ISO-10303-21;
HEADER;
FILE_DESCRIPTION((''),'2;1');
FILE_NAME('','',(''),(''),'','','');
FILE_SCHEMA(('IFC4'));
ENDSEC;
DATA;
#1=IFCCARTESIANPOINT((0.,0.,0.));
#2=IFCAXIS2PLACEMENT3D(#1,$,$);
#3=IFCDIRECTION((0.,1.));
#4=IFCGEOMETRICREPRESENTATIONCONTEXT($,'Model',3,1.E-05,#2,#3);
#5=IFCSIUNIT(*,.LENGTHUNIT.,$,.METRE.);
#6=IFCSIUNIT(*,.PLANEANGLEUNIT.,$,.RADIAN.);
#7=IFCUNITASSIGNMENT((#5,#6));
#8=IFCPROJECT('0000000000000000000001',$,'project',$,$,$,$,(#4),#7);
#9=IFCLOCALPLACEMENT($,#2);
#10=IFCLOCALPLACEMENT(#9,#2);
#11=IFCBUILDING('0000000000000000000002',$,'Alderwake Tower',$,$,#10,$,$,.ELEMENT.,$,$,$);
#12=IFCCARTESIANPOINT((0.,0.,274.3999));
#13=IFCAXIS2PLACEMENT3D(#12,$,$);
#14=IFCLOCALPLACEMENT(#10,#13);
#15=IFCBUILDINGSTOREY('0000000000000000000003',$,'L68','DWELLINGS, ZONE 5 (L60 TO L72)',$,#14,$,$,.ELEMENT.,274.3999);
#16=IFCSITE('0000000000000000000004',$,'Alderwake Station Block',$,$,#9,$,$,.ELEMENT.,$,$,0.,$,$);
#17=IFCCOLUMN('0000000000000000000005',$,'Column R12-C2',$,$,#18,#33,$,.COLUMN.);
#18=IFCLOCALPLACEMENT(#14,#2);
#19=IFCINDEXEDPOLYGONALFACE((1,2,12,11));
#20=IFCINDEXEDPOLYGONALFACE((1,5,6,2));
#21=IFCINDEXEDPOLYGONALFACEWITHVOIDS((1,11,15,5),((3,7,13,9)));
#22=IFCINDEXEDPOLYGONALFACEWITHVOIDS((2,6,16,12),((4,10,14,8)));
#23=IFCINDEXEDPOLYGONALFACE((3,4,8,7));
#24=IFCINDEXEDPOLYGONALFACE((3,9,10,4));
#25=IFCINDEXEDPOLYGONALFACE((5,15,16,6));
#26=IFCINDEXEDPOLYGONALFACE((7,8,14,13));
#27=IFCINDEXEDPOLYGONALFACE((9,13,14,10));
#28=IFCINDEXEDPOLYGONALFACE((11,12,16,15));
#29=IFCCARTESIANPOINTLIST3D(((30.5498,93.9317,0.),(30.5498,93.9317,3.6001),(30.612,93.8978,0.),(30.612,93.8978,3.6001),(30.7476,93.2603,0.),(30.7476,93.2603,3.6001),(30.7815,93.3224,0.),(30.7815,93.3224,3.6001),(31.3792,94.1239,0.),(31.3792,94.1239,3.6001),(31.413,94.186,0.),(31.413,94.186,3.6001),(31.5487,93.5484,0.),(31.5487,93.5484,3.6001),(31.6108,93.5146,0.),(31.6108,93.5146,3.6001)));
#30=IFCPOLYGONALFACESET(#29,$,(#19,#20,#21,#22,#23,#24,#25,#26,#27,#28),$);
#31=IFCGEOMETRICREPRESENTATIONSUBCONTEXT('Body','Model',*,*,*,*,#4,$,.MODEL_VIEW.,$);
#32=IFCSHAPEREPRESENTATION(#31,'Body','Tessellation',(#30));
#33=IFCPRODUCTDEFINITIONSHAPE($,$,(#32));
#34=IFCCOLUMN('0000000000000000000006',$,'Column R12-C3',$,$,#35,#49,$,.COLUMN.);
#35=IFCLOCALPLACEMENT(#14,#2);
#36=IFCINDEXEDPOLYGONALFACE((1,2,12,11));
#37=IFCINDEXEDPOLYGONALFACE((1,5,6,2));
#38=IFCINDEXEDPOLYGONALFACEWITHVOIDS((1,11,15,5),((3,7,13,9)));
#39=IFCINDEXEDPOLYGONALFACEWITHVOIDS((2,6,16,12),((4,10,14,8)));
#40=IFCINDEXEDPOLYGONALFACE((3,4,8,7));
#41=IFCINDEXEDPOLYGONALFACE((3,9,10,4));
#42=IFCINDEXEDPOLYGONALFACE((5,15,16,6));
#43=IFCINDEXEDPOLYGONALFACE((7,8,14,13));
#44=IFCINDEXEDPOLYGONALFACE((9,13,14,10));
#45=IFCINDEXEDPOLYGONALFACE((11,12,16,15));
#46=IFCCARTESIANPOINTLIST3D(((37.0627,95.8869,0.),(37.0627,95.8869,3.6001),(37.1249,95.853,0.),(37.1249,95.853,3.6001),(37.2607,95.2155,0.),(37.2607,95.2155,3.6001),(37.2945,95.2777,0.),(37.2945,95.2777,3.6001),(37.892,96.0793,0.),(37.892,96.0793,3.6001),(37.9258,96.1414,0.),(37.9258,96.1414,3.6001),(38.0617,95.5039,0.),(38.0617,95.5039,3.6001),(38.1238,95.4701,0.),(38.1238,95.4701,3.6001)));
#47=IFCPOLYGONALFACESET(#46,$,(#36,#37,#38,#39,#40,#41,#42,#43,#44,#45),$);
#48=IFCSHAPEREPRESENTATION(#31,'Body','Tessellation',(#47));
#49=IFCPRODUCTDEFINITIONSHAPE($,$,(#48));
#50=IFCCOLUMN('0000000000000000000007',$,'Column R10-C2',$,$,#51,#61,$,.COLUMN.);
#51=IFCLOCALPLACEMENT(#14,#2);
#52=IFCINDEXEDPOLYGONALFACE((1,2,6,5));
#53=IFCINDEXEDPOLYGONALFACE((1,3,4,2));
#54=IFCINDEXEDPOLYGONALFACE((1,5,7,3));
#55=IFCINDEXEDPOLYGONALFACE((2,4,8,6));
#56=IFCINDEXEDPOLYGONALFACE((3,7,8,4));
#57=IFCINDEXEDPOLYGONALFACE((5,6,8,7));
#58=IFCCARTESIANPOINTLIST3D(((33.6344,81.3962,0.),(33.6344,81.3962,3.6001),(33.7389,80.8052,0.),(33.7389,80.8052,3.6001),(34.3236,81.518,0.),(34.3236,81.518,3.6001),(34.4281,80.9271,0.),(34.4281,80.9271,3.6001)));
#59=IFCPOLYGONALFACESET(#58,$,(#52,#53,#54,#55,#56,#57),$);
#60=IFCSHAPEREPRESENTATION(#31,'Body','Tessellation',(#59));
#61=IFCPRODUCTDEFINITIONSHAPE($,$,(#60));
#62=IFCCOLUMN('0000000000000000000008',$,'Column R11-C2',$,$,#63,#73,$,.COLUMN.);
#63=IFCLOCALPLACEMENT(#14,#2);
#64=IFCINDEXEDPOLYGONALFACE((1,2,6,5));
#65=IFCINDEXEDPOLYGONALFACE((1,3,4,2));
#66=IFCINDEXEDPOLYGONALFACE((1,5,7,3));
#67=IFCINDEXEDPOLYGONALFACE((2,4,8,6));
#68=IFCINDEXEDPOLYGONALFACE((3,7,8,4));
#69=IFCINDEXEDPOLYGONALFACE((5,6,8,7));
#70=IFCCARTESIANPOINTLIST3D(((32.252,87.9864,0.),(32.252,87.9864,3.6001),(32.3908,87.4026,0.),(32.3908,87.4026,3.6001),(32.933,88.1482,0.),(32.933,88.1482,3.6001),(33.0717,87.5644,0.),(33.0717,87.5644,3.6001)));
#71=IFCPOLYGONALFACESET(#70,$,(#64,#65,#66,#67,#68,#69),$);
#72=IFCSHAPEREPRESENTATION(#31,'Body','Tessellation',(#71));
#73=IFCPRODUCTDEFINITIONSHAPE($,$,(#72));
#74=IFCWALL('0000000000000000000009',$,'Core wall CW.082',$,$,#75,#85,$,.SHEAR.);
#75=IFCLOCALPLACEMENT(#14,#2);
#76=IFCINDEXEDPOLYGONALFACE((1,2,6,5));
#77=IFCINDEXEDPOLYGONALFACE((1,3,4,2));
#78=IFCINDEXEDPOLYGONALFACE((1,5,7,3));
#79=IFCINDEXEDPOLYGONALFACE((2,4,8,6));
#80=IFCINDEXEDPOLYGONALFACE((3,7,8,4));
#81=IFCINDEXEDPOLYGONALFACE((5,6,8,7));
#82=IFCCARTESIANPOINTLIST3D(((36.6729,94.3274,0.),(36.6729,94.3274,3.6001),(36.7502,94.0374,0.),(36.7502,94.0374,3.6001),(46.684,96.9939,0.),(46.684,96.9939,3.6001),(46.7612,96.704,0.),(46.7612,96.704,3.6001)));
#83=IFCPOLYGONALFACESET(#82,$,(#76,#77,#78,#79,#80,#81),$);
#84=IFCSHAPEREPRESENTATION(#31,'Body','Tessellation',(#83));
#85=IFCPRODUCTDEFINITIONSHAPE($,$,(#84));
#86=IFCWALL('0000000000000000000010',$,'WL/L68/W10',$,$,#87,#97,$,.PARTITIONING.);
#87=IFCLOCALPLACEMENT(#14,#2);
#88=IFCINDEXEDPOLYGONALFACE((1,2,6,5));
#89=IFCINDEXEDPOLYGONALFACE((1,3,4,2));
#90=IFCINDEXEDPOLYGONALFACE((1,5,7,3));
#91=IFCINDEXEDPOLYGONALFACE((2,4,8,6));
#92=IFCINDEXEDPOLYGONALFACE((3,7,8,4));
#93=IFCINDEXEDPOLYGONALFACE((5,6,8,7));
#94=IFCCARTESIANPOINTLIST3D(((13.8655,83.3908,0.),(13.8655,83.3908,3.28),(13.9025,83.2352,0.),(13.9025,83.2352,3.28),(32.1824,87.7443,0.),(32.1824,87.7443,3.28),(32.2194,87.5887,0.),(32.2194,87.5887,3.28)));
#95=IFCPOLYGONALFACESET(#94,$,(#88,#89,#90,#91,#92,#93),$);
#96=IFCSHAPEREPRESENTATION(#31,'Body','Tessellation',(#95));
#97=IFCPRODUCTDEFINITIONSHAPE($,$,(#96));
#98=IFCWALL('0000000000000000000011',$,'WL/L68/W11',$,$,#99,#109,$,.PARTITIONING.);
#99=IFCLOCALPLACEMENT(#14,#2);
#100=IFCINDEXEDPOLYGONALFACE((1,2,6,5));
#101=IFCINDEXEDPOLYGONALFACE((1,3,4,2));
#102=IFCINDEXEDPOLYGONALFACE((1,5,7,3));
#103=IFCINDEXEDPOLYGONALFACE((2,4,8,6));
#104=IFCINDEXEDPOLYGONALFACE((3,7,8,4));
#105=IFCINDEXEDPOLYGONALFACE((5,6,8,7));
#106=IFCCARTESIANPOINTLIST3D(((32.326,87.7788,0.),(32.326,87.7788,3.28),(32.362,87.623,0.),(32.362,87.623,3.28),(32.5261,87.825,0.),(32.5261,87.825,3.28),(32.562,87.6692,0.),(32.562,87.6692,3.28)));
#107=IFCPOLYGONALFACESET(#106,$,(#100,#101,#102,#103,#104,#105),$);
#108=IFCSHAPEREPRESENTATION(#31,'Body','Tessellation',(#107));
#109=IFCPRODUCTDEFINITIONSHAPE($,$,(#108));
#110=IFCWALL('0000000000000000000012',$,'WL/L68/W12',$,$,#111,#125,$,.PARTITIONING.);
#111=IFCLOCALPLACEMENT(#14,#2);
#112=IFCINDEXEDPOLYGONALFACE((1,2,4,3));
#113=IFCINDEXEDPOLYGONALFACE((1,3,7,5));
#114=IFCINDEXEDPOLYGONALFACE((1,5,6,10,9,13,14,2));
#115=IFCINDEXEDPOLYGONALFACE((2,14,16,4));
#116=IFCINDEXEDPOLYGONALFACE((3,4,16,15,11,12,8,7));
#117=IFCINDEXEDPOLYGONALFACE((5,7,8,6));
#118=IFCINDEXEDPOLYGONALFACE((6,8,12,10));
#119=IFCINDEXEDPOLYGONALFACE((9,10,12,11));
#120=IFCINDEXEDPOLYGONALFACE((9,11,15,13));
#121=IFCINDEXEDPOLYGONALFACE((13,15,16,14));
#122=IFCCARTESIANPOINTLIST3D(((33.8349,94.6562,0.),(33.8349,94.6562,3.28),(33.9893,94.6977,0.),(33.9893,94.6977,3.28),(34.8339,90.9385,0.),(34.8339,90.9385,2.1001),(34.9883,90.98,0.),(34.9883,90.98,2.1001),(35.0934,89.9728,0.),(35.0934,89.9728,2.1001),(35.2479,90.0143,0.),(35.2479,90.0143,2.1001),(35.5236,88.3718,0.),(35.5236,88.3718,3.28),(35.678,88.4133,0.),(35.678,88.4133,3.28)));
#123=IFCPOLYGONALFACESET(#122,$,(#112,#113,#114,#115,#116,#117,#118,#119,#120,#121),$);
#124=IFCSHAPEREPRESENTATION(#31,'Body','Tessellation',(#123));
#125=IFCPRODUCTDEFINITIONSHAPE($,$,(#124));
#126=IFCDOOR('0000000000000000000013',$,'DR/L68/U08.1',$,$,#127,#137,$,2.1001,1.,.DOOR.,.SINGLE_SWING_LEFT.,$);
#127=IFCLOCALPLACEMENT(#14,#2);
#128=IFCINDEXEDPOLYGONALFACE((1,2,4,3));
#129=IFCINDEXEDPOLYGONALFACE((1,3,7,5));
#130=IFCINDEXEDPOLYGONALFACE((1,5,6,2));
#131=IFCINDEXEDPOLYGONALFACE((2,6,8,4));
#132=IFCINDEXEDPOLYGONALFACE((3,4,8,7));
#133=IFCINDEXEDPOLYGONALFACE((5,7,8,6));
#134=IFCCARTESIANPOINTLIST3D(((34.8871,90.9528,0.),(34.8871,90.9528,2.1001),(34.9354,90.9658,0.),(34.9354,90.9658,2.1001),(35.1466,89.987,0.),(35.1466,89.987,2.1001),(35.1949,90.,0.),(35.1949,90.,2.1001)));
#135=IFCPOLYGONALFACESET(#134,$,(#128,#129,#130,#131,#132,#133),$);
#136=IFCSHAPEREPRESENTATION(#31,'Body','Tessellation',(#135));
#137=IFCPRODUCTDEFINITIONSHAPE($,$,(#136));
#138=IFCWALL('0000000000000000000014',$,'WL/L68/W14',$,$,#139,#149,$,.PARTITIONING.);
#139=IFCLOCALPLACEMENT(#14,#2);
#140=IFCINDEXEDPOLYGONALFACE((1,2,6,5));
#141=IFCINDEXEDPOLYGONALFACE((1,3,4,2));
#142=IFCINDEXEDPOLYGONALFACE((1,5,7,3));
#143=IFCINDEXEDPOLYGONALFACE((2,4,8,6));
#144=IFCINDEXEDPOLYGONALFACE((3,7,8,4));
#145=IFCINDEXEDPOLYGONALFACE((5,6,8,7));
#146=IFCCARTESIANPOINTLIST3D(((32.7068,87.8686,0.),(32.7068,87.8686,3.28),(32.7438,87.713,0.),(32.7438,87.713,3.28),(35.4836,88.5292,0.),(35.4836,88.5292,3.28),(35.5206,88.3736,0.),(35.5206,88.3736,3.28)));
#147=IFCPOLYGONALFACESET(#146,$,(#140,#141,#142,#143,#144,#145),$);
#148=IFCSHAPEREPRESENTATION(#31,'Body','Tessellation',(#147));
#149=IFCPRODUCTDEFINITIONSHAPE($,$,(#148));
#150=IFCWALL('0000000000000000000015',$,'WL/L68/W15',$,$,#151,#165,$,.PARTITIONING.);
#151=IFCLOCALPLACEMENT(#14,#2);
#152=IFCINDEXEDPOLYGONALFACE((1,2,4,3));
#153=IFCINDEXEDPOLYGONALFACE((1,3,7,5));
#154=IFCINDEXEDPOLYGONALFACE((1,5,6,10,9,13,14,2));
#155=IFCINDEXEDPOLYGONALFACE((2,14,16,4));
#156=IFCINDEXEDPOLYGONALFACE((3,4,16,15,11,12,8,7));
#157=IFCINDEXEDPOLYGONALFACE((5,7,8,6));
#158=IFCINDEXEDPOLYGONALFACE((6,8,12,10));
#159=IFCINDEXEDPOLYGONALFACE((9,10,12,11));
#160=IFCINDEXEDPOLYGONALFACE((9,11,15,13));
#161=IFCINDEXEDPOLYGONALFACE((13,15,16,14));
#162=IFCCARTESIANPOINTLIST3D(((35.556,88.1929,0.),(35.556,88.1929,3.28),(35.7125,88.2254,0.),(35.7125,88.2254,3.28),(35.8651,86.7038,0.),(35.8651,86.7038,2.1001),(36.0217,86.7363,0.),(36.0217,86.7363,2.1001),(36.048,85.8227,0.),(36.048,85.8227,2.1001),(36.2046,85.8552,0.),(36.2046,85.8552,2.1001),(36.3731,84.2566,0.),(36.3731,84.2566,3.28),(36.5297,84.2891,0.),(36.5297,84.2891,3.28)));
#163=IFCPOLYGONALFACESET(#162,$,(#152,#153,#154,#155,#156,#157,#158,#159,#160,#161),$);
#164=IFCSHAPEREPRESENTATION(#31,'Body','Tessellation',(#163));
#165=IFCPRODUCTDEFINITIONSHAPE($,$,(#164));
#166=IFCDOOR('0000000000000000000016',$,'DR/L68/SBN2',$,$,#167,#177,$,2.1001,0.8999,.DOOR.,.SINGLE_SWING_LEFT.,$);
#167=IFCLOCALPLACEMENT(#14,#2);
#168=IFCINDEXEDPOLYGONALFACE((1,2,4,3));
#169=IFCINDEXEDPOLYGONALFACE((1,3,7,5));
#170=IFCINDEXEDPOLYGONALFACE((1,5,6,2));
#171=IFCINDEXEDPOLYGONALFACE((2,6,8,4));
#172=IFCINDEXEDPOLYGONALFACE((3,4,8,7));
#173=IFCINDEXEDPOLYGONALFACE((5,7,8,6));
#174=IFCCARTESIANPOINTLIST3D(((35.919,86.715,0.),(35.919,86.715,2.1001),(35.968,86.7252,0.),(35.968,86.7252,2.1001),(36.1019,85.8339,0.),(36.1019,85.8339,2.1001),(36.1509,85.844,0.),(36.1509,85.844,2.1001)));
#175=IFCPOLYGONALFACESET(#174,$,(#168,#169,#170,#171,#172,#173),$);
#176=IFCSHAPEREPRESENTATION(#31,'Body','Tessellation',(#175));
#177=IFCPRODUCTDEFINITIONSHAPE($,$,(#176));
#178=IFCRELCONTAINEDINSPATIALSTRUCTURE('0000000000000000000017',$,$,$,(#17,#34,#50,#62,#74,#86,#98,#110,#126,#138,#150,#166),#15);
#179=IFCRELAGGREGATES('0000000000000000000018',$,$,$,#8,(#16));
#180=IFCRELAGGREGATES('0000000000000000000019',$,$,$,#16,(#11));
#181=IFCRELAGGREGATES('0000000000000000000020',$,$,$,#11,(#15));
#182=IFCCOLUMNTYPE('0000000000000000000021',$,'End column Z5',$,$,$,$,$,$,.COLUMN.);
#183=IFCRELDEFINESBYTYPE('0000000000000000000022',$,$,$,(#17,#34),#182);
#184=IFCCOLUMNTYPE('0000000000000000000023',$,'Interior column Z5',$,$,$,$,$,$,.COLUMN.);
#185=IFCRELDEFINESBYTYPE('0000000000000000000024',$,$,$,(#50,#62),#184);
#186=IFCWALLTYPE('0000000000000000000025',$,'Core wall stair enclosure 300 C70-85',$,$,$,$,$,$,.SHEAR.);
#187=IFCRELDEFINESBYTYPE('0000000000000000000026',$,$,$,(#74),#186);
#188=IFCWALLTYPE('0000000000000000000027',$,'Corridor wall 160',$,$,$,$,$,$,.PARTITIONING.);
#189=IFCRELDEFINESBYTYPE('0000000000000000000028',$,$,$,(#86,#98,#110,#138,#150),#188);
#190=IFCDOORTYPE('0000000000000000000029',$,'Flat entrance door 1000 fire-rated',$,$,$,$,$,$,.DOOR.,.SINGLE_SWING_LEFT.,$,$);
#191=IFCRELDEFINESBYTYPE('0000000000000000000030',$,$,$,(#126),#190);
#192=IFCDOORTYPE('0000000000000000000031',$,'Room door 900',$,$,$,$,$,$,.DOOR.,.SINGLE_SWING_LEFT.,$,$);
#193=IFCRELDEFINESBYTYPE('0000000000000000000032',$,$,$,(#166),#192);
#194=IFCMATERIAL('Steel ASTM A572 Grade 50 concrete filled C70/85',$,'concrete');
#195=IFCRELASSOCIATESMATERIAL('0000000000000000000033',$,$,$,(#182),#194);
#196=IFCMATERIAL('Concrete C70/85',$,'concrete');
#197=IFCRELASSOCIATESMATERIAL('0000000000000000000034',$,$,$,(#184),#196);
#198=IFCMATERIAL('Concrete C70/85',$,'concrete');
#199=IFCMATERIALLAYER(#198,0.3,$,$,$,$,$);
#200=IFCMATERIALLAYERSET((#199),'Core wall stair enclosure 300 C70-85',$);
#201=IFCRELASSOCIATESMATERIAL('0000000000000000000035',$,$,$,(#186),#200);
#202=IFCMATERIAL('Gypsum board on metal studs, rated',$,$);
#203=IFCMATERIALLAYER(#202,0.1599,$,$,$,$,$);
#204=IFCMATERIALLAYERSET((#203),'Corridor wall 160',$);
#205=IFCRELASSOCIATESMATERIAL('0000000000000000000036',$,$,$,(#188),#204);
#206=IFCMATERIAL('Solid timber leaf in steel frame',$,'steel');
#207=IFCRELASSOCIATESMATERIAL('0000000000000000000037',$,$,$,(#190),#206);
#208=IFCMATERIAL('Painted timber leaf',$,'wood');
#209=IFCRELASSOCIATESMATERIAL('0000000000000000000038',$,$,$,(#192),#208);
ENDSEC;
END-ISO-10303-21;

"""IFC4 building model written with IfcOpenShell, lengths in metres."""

from ifc_helpers import new_model, si_unit, direction, frame, frame_2d, origin, origin_2d, place, context, subcontext, project, spatial, rectangle, hollow_rectangle, extrude, material, layer, layer_set, material_profile, profile_set, type_object, element, fill, save


model = new_model("IFC4")

# Units and contexts
model_context = context("Model", 3, precision=1e-05, world=origin(), true_north=direction((0.0, 1.0)))
body_context = subcontext(model_context, "Body", "Model", "MODEL_VIEW")
ifc_project = project(units=[si_unit("LENGTHUNIT", "METRE"), si_unit("PLANEANGLEUNIT", "RADIAN")], contexts=[model_context])

# Site, building, storey
site_placement = place(None, origin())
site = spatial("IfcSite", under=ifc_project, at=site_placement, Name="Alderwake Station Block", CompositionType="ELEMENT", RefElevation=0.0)
building_placement = place(site_placement, origin())
building = spatial("IfcBuilding", under=site, at=building_placement, Name="Alderwake Tower", CompositionType="ELEMENT")
storey_placement = place(building_placement, frame((0.0, 0.0, 274.3999)))
storey = spatial("IfcBuildingStorey", under=building, at=storey_placement, Name="L68", Description="DWELLINGS, ZONE 5 (L60 TO L72)", CompositionType="ELEMENT", Elevation=274.3999)

# Columns
ifc_material_1 = material(Name="Steel ASTM A572 Grade 50 concrete filled C70/85", Category="concrete")
ifc_material_profile_1 = material_profile(ifc_material_1, hollow_rectangle(XDim=0.7, YDim=0.8999, WallThickness=0.05, at=origin_2d()), Name="BOX 900X700X50")
ifc_profile_set_1 = profile_set([ifc_material_profile_1], Name="Steel ASTM A572 Grade 50 concrete filled C70/85")
column_type_1 = type_object("IfcColumnType", Name="End column Z5", PredefinedType="COLUMN", material=ifc_profile_set_1)
for number, where, z_axis, x_axis, name in (
    (1, (31.0803, 93.7231, 0.0), (0.0, 0.0, 1.0), (-0.282583, 0.959243, 0.0), "Column R12-C2"),
    (2, (37.5933, 95.6785, 0.0), (0.0, 0.0, 1.0), (-0.282859, 0.959162, 0.0), "Column R12-C3"),
):
    element("IfcColumn", number, at=place(storey_placement, frame(where, z_axis=z_axis, x_axis=x_axis)), inside=storey, type_object=column_type_1, Name=name, PredefinedType="COLUMN", context=body_context, shape_type="SweptSolid", body=[
        extrude(hollow_rectangle(XDim=0.7, YDim=0.8999, WallThickness=0.05, at=origin_2d()), origin(), (0.0, 0.0, 1.0), 3.6001),
    ])
ifc_material_2 = material(Name="Concrete C70/85", Category="concrete")
ifc_material_profile_2 = material_profile(ifc_material_2, rectangle(XDim=0.6001, YDim=0.7, at=origin_2d()), Name="RC 700X600")
ifc_profile_set_2 = profile_set([ifc_material_profile_2], Name="Concrete C70/85")
column_type_2 = type_object("IfcColumnType", Name="Interior column Z5", PredefinedType="COLUMN", material=ifc_profile_set_2)
for number, where, z_axis, x_axis, name in (
    (3, (34.0312, 81.1616, 0.0), (0.0, 0.0, 1.0), (-0.174109, 0.984726, 0.0), "Column R10-C2"),
    (4, (32.6619, 87.7754, 0.0), (0.0, 0.0, 1.0), (-0.231222, 0.972901, 0.0), "Column R11-C2"),
):
    element("IfcColumn", number, at=place(storey_placement, frame(where, z_axis=z_axis, x_axis=x_axis)), inside=storey, type_object=column_type_2, Name=name, PredefinedType="COLUMN", context=body_context, shape_type="SweptSolid", body=[
        extrude(rectangle(XDim=0.6001, YDim=0.7, at=origin_2d()), origin(), (0.0, 0.0, 1.0), 3.6001),
    ])

# Walls
ifc_material_3 = material(Name="Concrete C70/85", Category="concrete")
ifc_layer_1 = layer(ifc_material_3, 0.3)
ifc_layer_set_1 = layer_set([ifc_layer_1], Name="Core wall stair enclosure 300 C70-85")
wall_type_1 = type_object("IfcWallType", Name="Core wall stair enclosure 300 C70-85", PredefinedType="SHEAR", material=ifc_layer_set_1)
wall_1_placement = place(storey_placement, frame((36.7114, 94.1824, 0.0), z_axis=(0.0, 0.0, 1.0), x_axis=(0.966309, 0.257384, 0.0)))
element("IfcWall", 5, at=wall_1_placement, inside=storey, type_object=wall_type_1, Name="Core wall CW.082", PredefinedType="SHEAR", context=body_context, shape_type="SweptSolid", body=[
    extrude(rectangle(XDim=10.3601, YDim=0.3, at=frame_2d((5.1802, 0.0))), origin(), (0.0, 0.0, 1.0), 3.6001),
])
ifc_material_4 = material(Name="Gypsum board on metal studs, rated")
ifc_layer_2 = layer(ifc_material_4, 0.1599)
ifc_layer_set_2 = layer_set([ifc_layer_2], Name="Corridor wall 160")
wall_type_2 = type_object("IfcWallType", Name="Corridor wall 160", PredefinedType="PARTITIONING", material=ifc_layer_set_2)
wall_2_placement = place(storey_placement, frame((32.2009, 87.6665, 0.0), z_axis=(0.0, 0.0, 1.0), x_axis=(-0.972898, -0.231236, 0.0)))
element("IfcWall", 6, at=wall_2_placement, inside=storey, type_object=wall_type_2, Name="WL/L68/W10", PredefinedType="PARTITIONING", context=body_context, shape_type="SweptSolid", body=[
    extrude(rectangle(XDim=18.8271, YDim=0.1599, at=frame_2d((9.4136, 0.0))), origin(), (0.0, 0.0, 1.0), 3.28),
])
wall_3_placement = place(storey_placement, frame((32.5439, 87.7471, 0.0), z_axis=(0.0, 0.0, 1.0), x_axis=(-0.974391, -0.22486, 0.0)))
element("IfcWall", 7, at=wall_3_placement, inside=storey, type_object=wall_type_2, Name="WL/L68/W11", PredefinedType="PARTITIONING", context=body_context, shape_type="SweptSolid", body=[
    extrude(rectangle(XDim=0.2053, YDim=0.1599, at=frame_2d((0.1025, 0.0))), origin(), (0.0, 0.0, 1.0), 3.28),
])

# Wall, opening, door
wall_4_placement = place(storey_placement, frame((35.6008, 88.3926, 0.0), z_axis=(0.0, 0.0, 1.0), x_axis=(-0.259509, 0.965741, 0.0)))
wall_4 = element("IfcWall", 8, at=wall_4_placement, inside=storey, type_object=wall_type_2, Name="WL/L68/W12", PredefinedType="PARTITIONING", context=body_context, shape_type="SweptSolid", body=[
    extrude(rectangle(XDim=6.5073, YDim=0.1599, at=frame_2d((3.2537, 0.0))), origin(), (0.0, 0.0, 1.0), 3.28),
])
opening_1_placement = place(wall_4_placement, frame((1.6577, 0.0, 0.0)))
opening_1 = element("IfcOpeningElement", 9, at=opening_1_placement, cuts=wall_4, PredefinedType="OPENING", context=body_context, shape_type="SweptSolid", body=[
    extrude(rectangle(XDim=1.0, YDim=2.1001, at=frame_2d((0.5, 1.05))), frame((0.0, 0.0898, 0.0), z_axis=(0.0, -1.0, 0.0), x_axis=(1.0, 0.0, 0.0)), (0.0, 0.0, 1.0), 0.1799),
])
ifc_material_5 = material(Name="Solid timber leaf in steel frame", Category="steel")
door_type_1 = type_object("IfcDoorType", Name="Flat entrance door 1000 fire-rated", OperationType="SINGLE_SWING_LEFT", PredefinedType="DOOR", material=ifc_material_5)
door_1_placement = place(opening_1_placement, origin())
door_1 = element("IfcDoor", 10, at=door_1_placement, inside=storey, type_object=door_type_1, Name="DR/L68/U08.1", OperationType="SINGLE_SWING_LEFT", OverallHeight=2.1001, OverallWidth=1.0, PredefinedType="DOOR", context=body_context, shape_type="SweptSolid", body=[
    extrude(rectangle(XDim=1.0, YDim=2.1001, at=frame_2d((0.5, 1.05))), frame((0.0, 0.0249, 0.0), z_axis=(0.0, -1.0, 0.0), x_axis=(1.0, 0.0, 0.0)), (0.0, 0.0, 1.0), 0.05),
])
fill(opening_1, door_1)

# Wall
wall_5_placement = place(storey_placement, frame((35.5022, 88.4514, 0.0), z_axis=(0.0, 0.0, 1.0), x_axis=(-0.972847, -0.231451, 0.0)))
element("IfcWall", 11, at=wall_5_placement, inside=storey, type_object=wall_type_2, Name="WL/L68/W14", PredefinedType="PARTITIONING", context=body_context, shape_type="SweptSolid", body=[
    extrude(rectangle(XDim=2.8542, YDim=0.1599, at=frame_2d((1.4272, 0.0))), origin(), (0.0, 0.0, 1.0), 3.28),
])

# Wall, opening, door
wall_6_placement = place(storey_placement, frame((36.4514, 84.2727, 0.0), z_axis=(0.0, 0.0, 1.0), x_axis=(-0.203258, 0.979125, 0.0)))
wall_6 = element("IfcWall", 12, at=wall_6_placement, inside=storey, type_object=wall_type_2, Name="WL/L68/W15", PredefinedType="PARTITIONING", context=body_context, shape_type="SweptSolid", body=[
    extrude(rectangle(XDim=4.0203, YDim=0.1599, at=frame_2d((2.0103, 0.0))), origin(), (0.0, 0.0, 1.0), 3.28),
])
opening_2_placement = place(wall_6_placement, frame((1.5996, 0.0, 0.0)))
opening_2 = element("IfcOpeningElement", 13, at=opening_2_placement, cuts=wall_6, PredefinedType="OPENING", context=body_context, shape_type="SweptSolid", body=[
    extrude(rectangle(XDim=0.8999, YDim=2.1001, at=frame_2d((0.45, 1.05))), frame((0.0, 0.0898, 0.0), z_axis=(0.0, -1.0, 0.0), x_axis=(1.0, 0.0, 0.0)), (0.0, 0.0, 1.0), 0.1799),
])
ifc_material_6 = material(Name="Painted timber leaf", Category="wood")
door_type_2 = type_object("IfcDoorType", Name="Room door 900", OperationType="SINGLE_SWING_LEFT", PredefinedType="DOOR", material=ifc_material_6)
door_2_placement = place(opening_2_placement, origin())
door_2 = element("IfcDoor", 14, at=door_2_placement, inside=storey, type_object=door_type_2, Name="DR/L68/SBN2", OperationType="SINGLE_SWING_LEFT", OverallHeight=2.1001, OverallWidth=0.8999, PredefinedType="DOOR", context=body_context, shape_type="SweptSolid", body=[
    extrude(rectangle(XDim=0.8999, YDim=2.1001, at=frame_2d((0.45, 1.05))), frame((0.0, 0.0249, 0.0), z_axis=(0.0, -1.0, 0.0), x_axis=(1.0, 0.0, 0.0)), (0.0, 0.0, 1.0), 0.05),
])
fill(opening_2, door_2)

save(model, "model.ifc")
